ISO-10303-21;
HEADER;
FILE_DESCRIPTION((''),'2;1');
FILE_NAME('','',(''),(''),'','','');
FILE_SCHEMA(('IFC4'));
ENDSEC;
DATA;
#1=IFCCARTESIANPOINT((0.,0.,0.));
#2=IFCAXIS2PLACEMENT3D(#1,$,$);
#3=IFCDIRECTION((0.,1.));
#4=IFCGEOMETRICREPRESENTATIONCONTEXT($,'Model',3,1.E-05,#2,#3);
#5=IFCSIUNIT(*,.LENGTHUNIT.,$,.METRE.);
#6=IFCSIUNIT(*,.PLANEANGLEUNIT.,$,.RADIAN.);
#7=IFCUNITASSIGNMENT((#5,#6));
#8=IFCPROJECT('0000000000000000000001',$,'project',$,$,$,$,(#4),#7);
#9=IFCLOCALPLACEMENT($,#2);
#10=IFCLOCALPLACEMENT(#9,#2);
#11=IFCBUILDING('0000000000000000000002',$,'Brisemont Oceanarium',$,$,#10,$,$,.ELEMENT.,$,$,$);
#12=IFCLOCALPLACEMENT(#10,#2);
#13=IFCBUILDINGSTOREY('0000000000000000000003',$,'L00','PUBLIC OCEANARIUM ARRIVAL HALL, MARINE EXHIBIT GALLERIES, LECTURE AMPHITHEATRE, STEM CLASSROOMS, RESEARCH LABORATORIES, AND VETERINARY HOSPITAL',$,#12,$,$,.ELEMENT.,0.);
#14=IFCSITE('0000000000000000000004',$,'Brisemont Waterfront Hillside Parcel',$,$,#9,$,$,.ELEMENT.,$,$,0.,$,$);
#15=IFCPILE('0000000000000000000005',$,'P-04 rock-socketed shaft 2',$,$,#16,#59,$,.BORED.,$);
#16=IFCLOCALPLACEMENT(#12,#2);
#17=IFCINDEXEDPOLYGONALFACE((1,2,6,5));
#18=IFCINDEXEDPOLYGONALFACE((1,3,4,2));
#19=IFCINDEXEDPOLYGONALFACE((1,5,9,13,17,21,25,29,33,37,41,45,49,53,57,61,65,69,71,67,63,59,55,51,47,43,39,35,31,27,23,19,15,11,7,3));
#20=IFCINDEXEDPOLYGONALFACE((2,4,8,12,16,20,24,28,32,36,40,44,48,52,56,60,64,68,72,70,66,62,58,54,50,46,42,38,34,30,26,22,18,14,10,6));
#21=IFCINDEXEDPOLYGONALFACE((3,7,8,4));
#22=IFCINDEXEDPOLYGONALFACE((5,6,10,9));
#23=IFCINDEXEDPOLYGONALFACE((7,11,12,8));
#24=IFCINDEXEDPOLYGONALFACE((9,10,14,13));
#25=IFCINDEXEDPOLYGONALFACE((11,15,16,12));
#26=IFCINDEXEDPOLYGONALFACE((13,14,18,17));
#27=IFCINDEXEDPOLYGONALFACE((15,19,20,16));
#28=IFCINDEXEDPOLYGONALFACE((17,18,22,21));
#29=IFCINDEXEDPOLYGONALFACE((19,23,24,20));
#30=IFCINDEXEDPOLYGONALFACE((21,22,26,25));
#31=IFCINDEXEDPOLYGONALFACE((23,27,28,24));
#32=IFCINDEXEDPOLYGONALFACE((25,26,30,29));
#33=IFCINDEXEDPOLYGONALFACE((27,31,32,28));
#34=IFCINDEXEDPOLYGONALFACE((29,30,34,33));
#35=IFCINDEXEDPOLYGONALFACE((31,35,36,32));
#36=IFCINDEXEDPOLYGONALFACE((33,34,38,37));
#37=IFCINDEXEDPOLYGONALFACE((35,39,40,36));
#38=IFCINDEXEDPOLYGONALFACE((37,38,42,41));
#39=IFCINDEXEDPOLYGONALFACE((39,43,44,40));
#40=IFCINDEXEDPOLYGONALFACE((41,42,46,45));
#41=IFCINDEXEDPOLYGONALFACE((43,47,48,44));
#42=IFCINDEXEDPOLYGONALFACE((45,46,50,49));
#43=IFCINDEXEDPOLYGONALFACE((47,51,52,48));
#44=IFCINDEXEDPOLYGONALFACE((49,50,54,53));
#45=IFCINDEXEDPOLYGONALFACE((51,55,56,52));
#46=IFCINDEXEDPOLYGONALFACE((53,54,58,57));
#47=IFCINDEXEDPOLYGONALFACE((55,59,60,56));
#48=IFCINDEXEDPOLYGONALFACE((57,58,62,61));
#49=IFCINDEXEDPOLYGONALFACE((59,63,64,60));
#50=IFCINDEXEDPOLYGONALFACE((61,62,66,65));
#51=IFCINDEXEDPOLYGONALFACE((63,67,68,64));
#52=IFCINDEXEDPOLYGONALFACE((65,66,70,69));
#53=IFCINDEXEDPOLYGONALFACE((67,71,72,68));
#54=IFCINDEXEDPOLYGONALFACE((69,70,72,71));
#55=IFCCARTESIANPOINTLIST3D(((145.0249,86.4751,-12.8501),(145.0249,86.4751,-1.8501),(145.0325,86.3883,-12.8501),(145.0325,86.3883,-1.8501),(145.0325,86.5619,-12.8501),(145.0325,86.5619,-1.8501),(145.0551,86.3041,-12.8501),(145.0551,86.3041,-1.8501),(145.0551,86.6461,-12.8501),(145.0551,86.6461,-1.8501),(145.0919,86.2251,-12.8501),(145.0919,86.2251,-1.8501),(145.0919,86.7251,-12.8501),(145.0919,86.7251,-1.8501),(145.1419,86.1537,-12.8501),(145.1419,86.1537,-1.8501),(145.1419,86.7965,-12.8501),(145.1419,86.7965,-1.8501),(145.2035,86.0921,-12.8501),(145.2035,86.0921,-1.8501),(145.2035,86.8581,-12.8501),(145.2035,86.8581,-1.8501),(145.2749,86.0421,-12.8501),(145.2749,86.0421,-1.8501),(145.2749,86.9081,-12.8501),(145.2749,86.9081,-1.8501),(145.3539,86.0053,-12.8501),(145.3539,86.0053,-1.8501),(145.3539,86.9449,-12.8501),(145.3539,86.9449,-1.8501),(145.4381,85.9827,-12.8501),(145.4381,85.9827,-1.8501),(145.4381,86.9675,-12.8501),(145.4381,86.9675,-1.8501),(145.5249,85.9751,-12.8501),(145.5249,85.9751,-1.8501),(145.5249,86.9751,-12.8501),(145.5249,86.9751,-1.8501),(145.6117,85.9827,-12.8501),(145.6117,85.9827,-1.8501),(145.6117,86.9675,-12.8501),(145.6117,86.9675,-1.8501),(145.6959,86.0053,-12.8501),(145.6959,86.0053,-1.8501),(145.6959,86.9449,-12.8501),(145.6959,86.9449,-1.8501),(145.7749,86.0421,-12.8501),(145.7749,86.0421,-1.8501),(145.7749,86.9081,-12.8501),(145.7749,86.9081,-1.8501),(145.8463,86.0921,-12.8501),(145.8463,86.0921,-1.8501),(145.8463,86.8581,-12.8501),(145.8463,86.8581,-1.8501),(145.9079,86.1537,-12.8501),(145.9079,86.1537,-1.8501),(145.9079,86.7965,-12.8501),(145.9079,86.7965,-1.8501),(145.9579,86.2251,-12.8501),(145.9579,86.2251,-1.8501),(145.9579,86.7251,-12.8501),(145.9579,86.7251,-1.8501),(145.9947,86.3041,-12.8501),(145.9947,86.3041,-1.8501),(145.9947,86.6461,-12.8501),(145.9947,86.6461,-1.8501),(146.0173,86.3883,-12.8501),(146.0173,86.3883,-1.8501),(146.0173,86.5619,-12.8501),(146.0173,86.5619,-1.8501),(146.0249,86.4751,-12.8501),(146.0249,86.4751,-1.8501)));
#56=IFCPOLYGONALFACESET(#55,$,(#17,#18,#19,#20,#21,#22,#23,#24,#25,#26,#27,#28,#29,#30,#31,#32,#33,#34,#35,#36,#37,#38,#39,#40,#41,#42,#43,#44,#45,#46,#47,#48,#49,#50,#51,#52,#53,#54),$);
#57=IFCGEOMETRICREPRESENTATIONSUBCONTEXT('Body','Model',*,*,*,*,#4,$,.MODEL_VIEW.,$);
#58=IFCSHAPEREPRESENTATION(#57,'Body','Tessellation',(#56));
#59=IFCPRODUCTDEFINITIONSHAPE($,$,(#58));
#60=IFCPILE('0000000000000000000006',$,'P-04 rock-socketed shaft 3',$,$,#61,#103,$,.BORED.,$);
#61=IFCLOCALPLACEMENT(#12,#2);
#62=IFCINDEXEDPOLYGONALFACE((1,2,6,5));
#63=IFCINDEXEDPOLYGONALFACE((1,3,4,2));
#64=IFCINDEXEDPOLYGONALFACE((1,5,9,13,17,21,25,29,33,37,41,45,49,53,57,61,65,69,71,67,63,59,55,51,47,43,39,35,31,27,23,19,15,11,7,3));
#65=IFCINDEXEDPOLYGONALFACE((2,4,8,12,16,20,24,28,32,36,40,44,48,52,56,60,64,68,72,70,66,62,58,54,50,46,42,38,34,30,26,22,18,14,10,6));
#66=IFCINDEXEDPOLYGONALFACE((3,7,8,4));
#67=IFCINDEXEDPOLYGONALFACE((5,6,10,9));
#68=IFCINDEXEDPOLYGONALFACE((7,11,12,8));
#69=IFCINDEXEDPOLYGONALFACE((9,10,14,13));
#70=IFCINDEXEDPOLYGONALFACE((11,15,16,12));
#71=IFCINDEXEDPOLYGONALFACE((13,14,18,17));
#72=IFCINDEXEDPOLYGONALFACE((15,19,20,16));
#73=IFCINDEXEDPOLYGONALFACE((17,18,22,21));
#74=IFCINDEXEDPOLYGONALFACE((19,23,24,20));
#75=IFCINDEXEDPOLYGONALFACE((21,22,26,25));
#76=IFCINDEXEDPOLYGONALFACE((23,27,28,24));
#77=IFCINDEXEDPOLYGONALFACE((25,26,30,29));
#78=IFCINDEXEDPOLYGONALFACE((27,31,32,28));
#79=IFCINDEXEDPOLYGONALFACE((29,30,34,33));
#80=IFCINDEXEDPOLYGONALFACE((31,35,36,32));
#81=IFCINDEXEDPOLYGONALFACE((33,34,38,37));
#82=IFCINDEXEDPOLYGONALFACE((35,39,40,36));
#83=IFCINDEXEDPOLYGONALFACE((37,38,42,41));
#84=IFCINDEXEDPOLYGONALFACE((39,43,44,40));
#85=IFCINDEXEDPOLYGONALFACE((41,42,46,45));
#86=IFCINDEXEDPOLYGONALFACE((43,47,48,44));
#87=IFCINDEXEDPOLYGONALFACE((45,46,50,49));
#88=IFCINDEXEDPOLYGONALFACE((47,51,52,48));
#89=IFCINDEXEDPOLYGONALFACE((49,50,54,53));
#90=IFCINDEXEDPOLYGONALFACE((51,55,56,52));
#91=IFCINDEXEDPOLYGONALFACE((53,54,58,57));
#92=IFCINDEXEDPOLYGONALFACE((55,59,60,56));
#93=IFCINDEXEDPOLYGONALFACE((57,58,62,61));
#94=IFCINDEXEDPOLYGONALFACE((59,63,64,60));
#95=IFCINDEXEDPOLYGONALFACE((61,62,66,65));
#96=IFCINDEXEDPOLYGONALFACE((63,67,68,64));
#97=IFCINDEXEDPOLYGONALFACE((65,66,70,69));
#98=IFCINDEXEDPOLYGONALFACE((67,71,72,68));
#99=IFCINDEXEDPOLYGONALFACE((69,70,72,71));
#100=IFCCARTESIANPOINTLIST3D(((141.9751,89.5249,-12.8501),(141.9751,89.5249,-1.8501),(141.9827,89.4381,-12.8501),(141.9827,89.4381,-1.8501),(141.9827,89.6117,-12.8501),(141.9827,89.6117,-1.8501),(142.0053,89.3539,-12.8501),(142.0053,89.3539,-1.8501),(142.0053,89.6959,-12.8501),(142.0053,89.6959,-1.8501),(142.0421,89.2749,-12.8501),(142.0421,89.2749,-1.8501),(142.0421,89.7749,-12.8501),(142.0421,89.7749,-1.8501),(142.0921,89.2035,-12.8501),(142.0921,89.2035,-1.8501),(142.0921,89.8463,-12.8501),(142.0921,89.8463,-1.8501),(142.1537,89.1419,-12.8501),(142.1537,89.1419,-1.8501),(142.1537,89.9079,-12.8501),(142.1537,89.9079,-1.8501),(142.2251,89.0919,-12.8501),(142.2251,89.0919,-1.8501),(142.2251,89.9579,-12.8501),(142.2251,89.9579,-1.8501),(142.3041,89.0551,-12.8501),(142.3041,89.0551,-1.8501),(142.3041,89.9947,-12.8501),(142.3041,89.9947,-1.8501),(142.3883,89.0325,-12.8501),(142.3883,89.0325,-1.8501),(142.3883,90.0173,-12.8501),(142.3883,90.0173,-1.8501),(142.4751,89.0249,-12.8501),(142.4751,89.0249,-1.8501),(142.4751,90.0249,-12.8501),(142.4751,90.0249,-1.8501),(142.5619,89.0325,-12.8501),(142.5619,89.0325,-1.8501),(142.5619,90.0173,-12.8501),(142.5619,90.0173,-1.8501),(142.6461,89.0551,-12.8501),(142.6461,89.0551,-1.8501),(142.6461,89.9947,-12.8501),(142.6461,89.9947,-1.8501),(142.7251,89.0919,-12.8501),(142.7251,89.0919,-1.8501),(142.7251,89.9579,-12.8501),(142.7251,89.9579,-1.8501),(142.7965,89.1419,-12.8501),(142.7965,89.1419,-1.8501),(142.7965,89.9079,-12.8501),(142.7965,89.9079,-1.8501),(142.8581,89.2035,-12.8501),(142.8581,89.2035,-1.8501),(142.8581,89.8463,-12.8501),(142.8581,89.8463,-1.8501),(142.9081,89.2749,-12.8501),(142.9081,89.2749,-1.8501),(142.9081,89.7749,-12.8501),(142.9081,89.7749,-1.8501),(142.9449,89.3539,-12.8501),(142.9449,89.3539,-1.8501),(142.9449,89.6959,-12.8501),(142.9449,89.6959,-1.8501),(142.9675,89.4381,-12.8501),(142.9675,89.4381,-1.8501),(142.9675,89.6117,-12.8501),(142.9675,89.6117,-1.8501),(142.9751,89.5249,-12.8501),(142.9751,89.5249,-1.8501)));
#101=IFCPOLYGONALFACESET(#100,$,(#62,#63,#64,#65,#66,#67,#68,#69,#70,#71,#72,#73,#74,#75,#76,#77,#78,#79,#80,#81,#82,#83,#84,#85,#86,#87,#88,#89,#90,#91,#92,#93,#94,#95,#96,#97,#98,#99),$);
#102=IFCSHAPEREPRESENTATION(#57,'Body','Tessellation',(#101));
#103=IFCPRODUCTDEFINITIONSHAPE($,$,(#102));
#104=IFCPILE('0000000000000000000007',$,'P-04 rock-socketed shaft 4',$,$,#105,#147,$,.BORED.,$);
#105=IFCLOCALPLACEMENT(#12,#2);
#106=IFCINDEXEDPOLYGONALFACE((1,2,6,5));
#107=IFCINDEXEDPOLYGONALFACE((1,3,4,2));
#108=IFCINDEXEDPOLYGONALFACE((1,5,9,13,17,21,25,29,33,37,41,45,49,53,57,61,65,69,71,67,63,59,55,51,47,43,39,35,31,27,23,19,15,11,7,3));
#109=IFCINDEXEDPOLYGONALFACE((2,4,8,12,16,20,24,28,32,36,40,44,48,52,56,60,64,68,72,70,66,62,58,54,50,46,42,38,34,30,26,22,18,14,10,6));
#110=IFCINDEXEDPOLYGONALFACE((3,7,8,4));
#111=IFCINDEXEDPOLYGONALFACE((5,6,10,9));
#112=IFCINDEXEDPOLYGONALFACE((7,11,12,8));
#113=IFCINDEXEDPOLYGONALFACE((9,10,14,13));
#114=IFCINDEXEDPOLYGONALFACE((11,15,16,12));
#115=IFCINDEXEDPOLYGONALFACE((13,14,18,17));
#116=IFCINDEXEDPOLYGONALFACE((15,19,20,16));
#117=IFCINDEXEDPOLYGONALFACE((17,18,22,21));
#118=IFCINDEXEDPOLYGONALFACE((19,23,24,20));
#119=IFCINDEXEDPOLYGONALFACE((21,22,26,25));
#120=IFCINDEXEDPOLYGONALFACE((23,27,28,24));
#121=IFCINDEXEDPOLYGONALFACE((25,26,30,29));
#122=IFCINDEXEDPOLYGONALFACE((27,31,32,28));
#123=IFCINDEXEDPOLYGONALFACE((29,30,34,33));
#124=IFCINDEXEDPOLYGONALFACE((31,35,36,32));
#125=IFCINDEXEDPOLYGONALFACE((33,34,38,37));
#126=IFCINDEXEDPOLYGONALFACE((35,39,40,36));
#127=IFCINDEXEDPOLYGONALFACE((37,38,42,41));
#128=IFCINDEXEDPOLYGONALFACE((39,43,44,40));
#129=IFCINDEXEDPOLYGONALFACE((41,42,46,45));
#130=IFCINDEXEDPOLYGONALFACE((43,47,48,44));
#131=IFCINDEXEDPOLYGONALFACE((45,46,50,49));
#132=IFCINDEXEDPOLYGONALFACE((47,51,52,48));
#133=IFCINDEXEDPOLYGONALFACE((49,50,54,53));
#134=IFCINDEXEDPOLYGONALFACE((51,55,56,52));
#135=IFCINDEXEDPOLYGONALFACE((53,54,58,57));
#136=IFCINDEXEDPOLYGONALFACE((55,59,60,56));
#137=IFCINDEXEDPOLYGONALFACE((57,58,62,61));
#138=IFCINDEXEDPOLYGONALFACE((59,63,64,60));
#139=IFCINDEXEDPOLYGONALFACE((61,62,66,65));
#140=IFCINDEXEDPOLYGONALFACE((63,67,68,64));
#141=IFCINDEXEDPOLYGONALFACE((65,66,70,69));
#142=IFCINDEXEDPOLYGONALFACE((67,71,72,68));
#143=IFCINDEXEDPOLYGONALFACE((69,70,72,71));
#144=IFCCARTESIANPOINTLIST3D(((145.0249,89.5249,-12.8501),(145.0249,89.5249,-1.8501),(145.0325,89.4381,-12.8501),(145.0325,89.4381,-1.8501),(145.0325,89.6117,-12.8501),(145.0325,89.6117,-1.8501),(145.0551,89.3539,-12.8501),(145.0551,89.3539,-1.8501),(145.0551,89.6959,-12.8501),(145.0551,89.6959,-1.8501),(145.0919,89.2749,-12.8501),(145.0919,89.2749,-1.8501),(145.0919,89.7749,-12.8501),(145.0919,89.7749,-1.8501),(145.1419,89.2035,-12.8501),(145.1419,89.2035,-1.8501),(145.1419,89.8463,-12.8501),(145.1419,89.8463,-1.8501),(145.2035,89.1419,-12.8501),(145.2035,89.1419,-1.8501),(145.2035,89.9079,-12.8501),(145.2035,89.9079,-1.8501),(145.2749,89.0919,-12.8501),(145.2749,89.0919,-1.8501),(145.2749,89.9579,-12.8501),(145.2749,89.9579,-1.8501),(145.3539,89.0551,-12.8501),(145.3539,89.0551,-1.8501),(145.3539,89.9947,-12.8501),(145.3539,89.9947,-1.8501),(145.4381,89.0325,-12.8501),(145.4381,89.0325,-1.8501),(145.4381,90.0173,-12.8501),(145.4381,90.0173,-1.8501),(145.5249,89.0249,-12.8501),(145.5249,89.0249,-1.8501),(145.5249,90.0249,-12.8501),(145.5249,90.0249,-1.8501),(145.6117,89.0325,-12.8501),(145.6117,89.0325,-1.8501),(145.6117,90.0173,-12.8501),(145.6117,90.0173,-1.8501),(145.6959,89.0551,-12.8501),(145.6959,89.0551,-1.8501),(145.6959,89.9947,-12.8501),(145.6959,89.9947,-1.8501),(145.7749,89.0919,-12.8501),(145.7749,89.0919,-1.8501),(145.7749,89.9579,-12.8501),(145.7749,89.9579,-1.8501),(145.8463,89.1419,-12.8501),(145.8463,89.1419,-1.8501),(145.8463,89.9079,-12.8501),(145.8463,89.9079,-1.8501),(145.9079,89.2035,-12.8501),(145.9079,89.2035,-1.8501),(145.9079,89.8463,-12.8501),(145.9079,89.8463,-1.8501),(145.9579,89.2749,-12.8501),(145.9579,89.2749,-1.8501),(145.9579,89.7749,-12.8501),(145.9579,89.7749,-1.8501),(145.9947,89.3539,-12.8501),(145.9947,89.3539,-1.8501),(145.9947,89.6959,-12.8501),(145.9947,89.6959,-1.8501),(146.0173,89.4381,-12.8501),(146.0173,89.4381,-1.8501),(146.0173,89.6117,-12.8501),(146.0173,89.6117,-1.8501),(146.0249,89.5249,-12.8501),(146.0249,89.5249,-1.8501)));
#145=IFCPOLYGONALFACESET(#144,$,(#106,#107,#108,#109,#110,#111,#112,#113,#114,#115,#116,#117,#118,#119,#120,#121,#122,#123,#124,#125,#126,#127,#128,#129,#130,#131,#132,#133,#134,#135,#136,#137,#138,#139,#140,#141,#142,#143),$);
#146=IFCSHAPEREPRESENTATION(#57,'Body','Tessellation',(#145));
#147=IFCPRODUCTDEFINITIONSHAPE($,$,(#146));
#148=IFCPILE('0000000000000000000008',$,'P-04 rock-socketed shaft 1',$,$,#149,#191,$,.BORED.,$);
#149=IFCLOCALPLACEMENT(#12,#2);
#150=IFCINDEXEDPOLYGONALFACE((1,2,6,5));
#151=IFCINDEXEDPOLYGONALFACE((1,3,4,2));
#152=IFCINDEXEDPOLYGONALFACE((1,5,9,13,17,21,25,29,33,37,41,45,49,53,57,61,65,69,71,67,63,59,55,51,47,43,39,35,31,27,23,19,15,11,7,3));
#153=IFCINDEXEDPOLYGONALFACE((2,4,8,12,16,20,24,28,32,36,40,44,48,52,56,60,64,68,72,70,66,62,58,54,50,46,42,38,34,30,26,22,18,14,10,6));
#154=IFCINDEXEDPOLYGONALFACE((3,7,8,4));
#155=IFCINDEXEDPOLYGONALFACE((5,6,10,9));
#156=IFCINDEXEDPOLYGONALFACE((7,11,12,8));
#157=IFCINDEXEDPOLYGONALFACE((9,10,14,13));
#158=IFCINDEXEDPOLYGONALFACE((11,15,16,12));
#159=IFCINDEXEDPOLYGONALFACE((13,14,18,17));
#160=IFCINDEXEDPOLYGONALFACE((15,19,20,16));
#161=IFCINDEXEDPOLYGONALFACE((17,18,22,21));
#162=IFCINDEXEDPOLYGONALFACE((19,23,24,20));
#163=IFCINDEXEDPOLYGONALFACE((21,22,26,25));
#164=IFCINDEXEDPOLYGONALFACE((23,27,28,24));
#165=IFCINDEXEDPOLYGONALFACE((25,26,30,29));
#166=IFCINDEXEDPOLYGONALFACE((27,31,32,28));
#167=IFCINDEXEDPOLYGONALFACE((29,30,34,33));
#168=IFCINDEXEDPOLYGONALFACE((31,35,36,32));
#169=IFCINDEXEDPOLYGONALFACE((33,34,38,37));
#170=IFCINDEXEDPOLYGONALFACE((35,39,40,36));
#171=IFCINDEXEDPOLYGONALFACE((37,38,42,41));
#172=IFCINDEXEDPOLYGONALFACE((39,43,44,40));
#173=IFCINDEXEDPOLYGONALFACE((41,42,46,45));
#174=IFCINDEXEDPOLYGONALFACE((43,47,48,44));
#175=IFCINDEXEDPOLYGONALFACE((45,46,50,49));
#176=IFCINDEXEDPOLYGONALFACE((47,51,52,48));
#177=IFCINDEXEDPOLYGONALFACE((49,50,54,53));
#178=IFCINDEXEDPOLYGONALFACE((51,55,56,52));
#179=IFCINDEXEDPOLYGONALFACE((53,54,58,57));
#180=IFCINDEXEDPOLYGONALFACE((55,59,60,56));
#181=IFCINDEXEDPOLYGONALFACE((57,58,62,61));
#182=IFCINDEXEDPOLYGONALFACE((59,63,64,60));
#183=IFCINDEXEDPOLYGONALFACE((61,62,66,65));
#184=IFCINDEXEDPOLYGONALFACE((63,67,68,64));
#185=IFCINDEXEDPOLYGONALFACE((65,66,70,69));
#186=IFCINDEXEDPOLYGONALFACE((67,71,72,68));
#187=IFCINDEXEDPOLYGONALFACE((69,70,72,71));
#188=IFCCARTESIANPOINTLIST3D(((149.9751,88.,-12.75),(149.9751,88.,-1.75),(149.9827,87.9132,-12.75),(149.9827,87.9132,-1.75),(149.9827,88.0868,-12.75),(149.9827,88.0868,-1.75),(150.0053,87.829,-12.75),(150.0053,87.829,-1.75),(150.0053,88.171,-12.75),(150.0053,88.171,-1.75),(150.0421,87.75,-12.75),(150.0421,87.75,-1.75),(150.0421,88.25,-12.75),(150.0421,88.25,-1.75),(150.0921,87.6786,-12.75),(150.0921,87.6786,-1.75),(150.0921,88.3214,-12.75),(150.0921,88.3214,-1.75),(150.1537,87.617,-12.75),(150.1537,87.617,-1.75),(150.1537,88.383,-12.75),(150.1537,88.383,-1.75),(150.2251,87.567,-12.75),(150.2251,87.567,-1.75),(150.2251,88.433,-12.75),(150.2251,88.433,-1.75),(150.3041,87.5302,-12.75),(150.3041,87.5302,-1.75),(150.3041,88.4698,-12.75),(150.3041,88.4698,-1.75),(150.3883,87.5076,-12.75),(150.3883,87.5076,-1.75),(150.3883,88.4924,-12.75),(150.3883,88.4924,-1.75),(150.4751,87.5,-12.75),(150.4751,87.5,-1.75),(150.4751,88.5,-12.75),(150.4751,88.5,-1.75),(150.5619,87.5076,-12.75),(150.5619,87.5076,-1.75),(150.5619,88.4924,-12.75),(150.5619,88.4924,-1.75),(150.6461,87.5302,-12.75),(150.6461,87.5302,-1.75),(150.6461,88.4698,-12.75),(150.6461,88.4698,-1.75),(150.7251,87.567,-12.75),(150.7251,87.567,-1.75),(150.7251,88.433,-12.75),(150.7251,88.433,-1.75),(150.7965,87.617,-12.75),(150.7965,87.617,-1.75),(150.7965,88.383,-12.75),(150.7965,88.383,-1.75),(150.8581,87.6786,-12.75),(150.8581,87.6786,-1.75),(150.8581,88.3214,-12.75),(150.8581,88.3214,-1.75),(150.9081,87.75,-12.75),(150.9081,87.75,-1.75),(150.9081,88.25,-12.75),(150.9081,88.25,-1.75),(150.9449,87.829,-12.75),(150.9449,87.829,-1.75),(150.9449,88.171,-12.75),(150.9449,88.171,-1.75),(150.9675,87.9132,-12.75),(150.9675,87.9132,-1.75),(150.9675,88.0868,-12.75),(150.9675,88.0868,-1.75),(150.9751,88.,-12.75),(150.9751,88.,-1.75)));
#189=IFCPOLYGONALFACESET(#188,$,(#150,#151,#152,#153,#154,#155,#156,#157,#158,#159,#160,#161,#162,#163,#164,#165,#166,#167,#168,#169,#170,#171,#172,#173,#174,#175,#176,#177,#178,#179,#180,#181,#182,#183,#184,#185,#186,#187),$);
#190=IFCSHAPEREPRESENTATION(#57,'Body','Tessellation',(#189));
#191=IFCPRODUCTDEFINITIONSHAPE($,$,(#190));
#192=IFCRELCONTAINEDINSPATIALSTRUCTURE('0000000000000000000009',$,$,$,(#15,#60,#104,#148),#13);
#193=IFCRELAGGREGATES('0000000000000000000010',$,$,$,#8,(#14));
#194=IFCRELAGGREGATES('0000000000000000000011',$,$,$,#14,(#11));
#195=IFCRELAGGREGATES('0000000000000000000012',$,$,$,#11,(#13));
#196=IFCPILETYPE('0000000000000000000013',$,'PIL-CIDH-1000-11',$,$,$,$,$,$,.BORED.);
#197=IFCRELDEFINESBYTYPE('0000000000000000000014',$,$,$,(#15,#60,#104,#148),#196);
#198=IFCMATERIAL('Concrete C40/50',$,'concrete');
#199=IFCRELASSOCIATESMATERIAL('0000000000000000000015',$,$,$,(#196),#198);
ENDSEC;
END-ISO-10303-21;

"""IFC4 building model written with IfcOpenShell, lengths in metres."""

from ifc_helpers import new_model, si_unit, direction, frame, origin, origin_2d, place, context, subcontext, project, spatial, circle, extrude, material, material_profile, profile_set, type_object, element, save


model = new_model("IFC4")

# Units and contexts
model_context = context("Model", 3, precision=1e-05, world=origin(), true_north=direction((0.0, 1.0)))
body_context = subcontext(model_context, "Body", "Model", "MODEL_VIEW")
ifc_project = project(units=[si_unit("LENGTHUNIT", "METRE"), si_unit("PLANEANGLEUNIT", "RADIAN")], contexts=[model_context])

# Site, building, storey
site_placement = place(None, origin())
site = spatial("IfcSite", under=ifc_project, at=site_placement, Name="Brisemont Waterfront Hillside Parcel", CompositionType="ELEMENT", RefElevation=0.0)
building_placement = place(site_placement, origin())
building = spatial("IfcBuilding", under=site, at=building_placement, Name="Brisemont Oceanarium", CompositionType="ELEMENT")
storey_placement = place(building_placement, origin())
storey = spatial("IfcBuildingStorey", under=building, at=storey_placement, Name="L00", Description="PUBLIC OCEANARIUM ARRIVAL HALL, MARINE EXHIBIT GALLERIES, LECTURE AMPHITHEATRE, STEM CLASSROOMS, RESEARCH LABORATORIES, AND VETERINARY HOSPITAL", CompositionType="ELEMENT", Elevation=0.0)

# Piles
ifc_material_1 = material(Name="Concrete C40/50", Category="concrete")
ifc_material_profile_1 = material_profile(ifc_material_1, circle(Radius=0.5, at=origin_2d()), Name="CIDH-D1000")
ifc_profile_set_1 = profile_set([ifc_material_profile_1], Name="Concrete C40/50")
pile_type = type_object("IfcPileType", Name="PIL-CIDH-1000-11", PredefinedType="BORED", material=ifc_profile_set_1)
for number, where, z_axis, x_axis, name in (
    (1, (145.5249, 86.4751, -1.8501), (0.0, 0.0, -1.0), (1.0, 0.0, 0.0), "P-04 rock-socketed shaft 2"),
    (2, (142.4751, 89.5249, -1.8501), (0.0, 0.0, -1.0), (1.0, 0.0, 0.0), "P-04 rock-socketed shaft 3"),
    (3, (145.5249, 89.5249, -1.8501), (0.0, 0.0, -1.0), (1.0, 0.0, 0.0), "P-04 rock-socketed shaft 4"),
    (4, (150.4751, 88.0, -1.75), (0.0, 0.0, -1.0), (1.0, 0.0, 0.0), "P-04 rock-socketed shaft 1"),
):
    element("IfcPile", number, at=place(storey_placement, frame(where, z_axis=z_axis, x_axis=x_axis)), inside=storey, type_object=pile_type, Name=name, PredefinedType="BORED", context=body_context, shape_type="SweptSolid", body=[
        extrude(circle(Radius=0.5, at=origin_2d()), origin(), (0.0, 0.0, 1.0), 11.0),
    ])

save(model, "model.ifc")
